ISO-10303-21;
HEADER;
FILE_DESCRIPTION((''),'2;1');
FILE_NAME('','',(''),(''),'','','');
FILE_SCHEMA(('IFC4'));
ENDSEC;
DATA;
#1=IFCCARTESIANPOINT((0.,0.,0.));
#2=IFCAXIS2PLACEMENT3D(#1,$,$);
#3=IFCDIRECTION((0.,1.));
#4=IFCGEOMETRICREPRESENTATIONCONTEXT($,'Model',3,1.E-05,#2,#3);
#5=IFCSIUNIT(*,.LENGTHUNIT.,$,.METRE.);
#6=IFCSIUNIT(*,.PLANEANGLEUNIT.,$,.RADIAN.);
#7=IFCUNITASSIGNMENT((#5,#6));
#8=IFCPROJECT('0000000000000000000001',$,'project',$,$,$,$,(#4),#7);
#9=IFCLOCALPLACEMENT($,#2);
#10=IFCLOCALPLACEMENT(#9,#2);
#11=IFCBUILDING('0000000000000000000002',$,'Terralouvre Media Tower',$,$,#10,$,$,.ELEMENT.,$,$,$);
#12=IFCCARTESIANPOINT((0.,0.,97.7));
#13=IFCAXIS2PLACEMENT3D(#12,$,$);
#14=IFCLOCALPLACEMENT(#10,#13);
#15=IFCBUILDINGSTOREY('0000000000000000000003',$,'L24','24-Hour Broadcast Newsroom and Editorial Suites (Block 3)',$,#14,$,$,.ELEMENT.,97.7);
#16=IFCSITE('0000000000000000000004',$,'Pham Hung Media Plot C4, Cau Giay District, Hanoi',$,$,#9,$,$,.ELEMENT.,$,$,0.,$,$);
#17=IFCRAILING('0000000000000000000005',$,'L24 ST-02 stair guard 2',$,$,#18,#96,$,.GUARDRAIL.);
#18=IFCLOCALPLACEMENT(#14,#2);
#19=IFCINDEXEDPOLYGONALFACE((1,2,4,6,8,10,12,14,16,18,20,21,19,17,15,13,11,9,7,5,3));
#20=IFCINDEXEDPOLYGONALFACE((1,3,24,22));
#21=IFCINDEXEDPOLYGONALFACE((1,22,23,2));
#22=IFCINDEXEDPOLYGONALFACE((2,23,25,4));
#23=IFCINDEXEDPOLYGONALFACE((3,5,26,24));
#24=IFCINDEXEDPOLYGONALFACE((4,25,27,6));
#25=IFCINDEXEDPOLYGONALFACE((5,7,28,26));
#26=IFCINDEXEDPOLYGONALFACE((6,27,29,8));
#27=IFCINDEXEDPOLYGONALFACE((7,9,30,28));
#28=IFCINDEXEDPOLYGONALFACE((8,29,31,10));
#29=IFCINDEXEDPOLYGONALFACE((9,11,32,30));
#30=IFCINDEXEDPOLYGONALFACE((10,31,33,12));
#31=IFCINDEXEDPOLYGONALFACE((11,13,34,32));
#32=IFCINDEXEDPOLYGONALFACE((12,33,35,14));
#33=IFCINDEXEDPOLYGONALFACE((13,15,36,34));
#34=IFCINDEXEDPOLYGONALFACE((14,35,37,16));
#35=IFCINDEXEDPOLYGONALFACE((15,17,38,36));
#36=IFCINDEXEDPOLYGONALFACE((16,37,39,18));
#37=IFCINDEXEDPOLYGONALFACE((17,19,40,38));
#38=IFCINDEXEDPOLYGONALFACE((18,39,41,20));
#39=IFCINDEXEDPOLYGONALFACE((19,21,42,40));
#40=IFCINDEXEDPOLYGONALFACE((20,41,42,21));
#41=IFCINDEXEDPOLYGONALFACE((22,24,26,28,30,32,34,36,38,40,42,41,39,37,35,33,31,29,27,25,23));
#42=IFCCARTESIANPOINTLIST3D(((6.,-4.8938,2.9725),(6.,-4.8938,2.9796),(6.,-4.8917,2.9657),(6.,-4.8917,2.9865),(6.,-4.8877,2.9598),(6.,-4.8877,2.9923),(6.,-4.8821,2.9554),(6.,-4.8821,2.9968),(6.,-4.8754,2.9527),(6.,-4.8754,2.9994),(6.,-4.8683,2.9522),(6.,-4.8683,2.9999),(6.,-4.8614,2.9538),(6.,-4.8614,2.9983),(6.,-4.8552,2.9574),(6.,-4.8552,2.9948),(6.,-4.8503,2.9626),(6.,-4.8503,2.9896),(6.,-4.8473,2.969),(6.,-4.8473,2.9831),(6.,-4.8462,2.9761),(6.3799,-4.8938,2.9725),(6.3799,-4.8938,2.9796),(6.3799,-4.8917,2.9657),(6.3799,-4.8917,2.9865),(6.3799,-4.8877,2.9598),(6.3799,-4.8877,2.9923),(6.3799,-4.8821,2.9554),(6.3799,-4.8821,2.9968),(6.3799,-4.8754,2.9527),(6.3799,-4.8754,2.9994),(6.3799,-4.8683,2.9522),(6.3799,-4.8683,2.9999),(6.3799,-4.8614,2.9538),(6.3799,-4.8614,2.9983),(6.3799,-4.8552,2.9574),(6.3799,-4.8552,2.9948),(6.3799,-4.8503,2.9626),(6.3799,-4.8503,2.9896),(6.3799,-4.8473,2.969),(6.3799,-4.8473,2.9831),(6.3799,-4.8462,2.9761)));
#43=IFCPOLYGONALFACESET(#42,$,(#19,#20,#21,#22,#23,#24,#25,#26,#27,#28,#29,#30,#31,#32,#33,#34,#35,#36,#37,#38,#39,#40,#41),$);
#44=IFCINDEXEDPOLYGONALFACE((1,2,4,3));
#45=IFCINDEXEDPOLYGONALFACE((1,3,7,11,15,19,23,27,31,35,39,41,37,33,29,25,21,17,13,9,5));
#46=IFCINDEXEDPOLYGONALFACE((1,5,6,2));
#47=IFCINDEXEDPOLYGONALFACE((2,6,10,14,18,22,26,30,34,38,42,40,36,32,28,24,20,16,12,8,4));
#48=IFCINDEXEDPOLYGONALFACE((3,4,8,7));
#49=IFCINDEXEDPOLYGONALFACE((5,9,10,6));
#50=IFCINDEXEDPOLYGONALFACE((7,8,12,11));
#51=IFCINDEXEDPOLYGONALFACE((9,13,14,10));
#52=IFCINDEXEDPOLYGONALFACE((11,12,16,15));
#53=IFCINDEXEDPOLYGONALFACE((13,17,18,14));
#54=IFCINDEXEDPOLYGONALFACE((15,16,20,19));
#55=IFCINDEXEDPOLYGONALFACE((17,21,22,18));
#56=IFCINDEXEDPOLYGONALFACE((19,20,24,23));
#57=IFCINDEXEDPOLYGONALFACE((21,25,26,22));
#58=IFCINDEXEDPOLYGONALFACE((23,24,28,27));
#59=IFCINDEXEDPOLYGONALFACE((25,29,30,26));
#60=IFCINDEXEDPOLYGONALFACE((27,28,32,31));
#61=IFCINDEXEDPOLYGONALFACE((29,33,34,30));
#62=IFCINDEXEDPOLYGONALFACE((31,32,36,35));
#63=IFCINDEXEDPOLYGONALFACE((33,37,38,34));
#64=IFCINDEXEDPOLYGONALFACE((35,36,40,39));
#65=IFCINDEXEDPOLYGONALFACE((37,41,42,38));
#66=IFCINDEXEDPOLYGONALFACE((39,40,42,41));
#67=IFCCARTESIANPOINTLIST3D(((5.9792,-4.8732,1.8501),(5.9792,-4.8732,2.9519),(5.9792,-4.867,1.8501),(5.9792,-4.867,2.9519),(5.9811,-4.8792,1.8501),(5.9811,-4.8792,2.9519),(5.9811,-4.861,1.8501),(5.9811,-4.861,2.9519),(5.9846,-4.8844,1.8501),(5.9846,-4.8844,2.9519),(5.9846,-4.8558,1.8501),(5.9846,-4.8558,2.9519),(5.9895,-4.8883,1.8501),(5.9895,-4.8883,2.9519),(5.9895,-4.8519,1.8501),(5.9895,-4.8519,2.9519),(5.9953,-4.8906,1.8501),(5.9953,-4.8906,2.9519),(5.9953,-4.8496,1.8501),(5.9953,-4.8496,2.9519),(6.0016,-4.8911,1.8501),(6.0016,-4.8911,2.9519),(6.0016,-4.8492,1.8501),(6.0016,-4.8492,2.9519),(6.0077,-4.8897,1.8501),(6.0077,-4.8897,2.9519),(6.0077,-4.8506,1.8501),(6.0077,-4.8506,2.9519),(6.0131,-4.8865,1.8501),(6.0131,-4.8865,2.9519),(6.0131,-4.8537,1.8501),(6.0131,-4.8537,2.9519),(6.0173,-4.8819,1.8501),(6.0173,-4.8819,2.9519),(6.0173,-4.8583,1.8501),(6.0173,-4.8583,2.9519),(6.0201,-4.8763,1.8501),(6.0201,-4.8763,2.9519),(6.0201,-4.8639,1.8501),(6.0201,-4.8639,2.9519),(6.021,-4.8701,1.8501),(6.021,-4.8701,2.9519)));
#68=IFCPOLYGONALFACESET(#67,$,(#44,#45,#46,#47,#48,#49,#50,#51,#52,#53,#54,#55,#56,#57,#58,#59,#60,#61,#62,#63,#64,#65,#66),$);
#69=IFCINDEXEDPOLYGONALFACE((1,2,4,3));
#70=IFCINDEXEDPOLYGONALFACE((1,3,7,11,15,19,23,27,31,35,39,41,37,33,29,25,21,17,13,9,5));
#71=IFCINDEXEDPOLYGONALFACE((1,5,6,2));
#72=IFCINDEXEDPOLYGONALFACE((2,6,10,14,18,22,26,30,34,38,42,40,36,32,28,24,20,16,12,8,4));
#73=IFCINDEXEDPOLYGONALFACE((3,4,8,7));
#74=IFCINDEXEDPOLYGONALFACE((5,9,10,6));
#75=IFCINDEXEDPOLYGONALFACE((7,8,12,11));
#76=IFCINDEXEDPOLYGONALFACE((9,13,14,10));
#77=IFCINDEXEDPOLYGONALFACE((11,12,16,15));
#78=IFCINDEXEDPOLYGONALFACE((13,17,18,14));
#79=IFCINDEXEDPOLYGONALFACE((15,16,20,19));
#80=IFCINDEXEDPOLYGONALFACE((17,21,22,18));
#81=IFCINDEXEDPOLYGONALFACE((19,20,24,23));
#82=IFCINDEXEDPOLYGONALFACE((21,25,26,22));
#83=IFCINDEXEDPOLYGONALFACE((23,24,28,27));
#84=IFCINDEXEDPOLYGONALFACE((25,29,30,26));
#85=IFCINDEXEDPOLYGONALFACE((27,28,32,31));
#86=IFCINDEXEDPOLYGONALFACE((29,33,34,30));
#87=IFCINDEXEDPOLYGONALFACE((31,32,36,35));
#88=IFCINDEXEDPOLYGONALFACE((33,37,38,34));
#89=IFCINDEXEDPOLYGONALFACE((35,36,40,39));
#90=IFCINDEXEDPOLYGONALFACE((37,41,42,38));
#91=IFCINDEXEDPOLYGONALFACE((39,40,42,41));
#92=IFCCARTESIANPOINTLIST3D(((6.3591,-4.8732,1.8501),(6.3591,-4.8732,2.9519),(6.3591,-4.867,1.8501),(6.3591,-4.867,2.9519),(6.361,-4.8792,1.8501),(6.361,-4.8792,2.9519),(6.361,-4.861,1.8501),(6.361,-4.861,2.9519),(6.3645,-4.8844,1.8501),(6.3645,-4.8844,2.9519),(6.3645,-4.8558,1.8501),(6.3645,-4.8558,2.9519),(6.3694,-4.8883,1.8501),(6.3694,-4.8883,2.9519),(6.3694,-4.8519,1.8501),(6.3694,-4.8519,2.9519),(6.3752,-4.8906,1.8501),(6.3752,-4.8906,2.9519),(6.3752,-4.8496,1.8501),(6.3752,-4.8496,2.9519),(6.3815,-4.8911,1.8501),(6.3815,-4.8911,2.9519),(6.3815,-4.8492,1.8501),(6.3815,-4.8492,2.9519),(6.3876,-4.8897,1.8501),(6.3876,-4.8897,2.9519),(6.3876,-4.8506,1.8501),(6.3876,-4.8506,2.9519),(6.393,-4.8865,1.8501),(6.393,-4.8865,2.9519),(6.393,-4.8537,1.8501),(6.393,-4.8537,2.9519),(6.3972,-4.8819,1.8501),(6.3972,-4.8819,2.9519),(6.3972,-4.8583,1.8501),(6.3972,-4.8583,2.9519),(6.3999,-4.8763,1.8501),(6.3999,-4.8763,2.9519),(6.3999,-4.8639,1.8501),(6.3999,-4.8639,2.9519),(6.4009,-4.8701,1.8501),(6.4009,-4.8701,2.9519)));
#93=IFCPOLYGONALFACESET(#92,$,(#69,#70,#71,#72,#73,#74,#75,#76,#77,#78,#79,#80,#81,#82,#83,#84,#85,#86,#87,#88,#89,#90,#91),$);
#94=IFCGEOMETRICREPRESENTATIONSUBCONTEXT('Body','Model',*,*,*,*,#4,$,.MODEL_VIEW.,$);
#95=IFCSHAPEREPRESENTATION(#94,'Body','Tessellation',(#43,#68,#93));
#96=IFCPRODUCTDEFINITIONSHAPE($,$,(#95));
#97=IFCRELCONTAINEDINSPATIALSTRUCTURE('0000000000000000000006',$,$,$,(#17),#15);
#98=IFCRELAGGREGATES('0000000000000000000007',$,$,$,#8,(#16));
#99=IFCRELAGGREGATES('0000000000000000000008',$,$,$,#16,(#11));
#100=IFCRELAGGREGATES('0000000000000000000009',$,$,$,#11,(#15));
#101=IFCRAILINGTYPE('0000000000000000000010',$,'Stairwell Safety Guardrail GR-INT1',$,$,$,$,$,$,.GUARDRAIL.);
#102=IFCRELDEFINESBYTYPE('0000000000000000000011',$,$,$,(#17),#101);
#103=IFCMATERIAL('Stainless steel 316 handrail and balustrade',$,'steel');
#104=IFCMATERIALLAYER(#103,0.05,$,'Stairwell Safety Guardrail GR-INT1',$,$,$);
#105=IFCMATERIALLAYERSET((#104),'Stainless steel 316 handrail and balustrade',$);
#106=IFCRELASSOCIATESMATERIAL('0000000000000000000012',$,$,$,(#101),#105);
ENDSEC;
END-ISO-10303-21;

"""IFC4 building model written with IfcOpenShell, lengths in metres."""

from ifc_helpers import new_model, si_unit, direction, frame, origin, origin_2d, place, context, subcontext, project, spatial, circle, extrude, material, layer, layer_set, type_object, element, save


model = new_model("IFC4")

# Units and contexts
model_context = context("Model", 3, precision=1e-05, world=origin(), true_north=direction((0.0, 1.0)))
body_context = subcontext(model_context, "Body", "Model", "MODEL_VIEW")
ifc_project = project(units=[si_unit("LENGTHUNIT", "METRE"), si_unit("PLANEANGLEUNIT", "RADIAN")], contexts=[model_context])

# Site, building, storey
site_placement = place(None, origin())
site = spatial("IfcSite", under=ifc_project, at=site_placement, Name="Pham Hung Media Plot C4, Cau Giay District, Hanoi", CompositionType="ELEMENT", RefElevation=0.0)
building_placement = place(site_placement, origin())
building = spatial("IfcBuilding", under=site, at=building_placement, Name="Terralouvre Media Tower", CompositionType="ELEMENT")
storey_placement = place(building_placement, frame((0.0, 0.0, 97.7)))
storey = spatial("IfcBuildingStorey", under=building, at=storey_placement, Name="L24", Description="24-Hour Broadcast Newsroom and Editorial Suites (Block 3)", CompositionType="ELEMENT", Elevation=97.7)

# Railing
ifc_material_1 = material(Name="Stainless steel 316 handrail and balustrade", Category="steel")
ifc_layer_1 = layer(ifc_material_1, 0.05, Name="Stairwell Safety Guardrail GR-INT1")
ifc_layer_set_1 = layer_set([ifc_layer_1], Name="Stainless steel 316 handrail and balustrade")
railing_type_1 = type_object("IfcRailingType", Name="Stairwell Safety Guardrail GR-INT1", PredefinedType="GUARDRAIL", material=ifc_layer_set_1)
railing_1_placement = place(storey_placement, frame((6.0, -4.8701, 1.8501)))
element("IfcRailing", 1, at=railing_1_placement, inside=storey, type_object=railing_type_1, Name="L24 ST-02 stair guard 2", PredefinedType="GUARDRAIL", context=body_context, shape_type="SweptSolid", body=[
    extrude(circle(Radius=0.0239, at=origin_2d()), frame((0.0, 0.0, 1.126), z_axis=(1.0, 0.0, 0.0), x_axis=(0.0, 1.0, 0.0)), (0.0, 0.0, 1.0), 0.3799),
    extrude(circle(Radius=0.021, at=origin_2d()), origin(), (0.0, 0.0, 1.0), 1.1018),
    extrude(circle(Radius=0.021, at=origin_2d()), frame((0.3799, 0.0, 0.0)), (0.0, 0.0, 1.0), 1.1018),
])

save(model, "model.ifc")
